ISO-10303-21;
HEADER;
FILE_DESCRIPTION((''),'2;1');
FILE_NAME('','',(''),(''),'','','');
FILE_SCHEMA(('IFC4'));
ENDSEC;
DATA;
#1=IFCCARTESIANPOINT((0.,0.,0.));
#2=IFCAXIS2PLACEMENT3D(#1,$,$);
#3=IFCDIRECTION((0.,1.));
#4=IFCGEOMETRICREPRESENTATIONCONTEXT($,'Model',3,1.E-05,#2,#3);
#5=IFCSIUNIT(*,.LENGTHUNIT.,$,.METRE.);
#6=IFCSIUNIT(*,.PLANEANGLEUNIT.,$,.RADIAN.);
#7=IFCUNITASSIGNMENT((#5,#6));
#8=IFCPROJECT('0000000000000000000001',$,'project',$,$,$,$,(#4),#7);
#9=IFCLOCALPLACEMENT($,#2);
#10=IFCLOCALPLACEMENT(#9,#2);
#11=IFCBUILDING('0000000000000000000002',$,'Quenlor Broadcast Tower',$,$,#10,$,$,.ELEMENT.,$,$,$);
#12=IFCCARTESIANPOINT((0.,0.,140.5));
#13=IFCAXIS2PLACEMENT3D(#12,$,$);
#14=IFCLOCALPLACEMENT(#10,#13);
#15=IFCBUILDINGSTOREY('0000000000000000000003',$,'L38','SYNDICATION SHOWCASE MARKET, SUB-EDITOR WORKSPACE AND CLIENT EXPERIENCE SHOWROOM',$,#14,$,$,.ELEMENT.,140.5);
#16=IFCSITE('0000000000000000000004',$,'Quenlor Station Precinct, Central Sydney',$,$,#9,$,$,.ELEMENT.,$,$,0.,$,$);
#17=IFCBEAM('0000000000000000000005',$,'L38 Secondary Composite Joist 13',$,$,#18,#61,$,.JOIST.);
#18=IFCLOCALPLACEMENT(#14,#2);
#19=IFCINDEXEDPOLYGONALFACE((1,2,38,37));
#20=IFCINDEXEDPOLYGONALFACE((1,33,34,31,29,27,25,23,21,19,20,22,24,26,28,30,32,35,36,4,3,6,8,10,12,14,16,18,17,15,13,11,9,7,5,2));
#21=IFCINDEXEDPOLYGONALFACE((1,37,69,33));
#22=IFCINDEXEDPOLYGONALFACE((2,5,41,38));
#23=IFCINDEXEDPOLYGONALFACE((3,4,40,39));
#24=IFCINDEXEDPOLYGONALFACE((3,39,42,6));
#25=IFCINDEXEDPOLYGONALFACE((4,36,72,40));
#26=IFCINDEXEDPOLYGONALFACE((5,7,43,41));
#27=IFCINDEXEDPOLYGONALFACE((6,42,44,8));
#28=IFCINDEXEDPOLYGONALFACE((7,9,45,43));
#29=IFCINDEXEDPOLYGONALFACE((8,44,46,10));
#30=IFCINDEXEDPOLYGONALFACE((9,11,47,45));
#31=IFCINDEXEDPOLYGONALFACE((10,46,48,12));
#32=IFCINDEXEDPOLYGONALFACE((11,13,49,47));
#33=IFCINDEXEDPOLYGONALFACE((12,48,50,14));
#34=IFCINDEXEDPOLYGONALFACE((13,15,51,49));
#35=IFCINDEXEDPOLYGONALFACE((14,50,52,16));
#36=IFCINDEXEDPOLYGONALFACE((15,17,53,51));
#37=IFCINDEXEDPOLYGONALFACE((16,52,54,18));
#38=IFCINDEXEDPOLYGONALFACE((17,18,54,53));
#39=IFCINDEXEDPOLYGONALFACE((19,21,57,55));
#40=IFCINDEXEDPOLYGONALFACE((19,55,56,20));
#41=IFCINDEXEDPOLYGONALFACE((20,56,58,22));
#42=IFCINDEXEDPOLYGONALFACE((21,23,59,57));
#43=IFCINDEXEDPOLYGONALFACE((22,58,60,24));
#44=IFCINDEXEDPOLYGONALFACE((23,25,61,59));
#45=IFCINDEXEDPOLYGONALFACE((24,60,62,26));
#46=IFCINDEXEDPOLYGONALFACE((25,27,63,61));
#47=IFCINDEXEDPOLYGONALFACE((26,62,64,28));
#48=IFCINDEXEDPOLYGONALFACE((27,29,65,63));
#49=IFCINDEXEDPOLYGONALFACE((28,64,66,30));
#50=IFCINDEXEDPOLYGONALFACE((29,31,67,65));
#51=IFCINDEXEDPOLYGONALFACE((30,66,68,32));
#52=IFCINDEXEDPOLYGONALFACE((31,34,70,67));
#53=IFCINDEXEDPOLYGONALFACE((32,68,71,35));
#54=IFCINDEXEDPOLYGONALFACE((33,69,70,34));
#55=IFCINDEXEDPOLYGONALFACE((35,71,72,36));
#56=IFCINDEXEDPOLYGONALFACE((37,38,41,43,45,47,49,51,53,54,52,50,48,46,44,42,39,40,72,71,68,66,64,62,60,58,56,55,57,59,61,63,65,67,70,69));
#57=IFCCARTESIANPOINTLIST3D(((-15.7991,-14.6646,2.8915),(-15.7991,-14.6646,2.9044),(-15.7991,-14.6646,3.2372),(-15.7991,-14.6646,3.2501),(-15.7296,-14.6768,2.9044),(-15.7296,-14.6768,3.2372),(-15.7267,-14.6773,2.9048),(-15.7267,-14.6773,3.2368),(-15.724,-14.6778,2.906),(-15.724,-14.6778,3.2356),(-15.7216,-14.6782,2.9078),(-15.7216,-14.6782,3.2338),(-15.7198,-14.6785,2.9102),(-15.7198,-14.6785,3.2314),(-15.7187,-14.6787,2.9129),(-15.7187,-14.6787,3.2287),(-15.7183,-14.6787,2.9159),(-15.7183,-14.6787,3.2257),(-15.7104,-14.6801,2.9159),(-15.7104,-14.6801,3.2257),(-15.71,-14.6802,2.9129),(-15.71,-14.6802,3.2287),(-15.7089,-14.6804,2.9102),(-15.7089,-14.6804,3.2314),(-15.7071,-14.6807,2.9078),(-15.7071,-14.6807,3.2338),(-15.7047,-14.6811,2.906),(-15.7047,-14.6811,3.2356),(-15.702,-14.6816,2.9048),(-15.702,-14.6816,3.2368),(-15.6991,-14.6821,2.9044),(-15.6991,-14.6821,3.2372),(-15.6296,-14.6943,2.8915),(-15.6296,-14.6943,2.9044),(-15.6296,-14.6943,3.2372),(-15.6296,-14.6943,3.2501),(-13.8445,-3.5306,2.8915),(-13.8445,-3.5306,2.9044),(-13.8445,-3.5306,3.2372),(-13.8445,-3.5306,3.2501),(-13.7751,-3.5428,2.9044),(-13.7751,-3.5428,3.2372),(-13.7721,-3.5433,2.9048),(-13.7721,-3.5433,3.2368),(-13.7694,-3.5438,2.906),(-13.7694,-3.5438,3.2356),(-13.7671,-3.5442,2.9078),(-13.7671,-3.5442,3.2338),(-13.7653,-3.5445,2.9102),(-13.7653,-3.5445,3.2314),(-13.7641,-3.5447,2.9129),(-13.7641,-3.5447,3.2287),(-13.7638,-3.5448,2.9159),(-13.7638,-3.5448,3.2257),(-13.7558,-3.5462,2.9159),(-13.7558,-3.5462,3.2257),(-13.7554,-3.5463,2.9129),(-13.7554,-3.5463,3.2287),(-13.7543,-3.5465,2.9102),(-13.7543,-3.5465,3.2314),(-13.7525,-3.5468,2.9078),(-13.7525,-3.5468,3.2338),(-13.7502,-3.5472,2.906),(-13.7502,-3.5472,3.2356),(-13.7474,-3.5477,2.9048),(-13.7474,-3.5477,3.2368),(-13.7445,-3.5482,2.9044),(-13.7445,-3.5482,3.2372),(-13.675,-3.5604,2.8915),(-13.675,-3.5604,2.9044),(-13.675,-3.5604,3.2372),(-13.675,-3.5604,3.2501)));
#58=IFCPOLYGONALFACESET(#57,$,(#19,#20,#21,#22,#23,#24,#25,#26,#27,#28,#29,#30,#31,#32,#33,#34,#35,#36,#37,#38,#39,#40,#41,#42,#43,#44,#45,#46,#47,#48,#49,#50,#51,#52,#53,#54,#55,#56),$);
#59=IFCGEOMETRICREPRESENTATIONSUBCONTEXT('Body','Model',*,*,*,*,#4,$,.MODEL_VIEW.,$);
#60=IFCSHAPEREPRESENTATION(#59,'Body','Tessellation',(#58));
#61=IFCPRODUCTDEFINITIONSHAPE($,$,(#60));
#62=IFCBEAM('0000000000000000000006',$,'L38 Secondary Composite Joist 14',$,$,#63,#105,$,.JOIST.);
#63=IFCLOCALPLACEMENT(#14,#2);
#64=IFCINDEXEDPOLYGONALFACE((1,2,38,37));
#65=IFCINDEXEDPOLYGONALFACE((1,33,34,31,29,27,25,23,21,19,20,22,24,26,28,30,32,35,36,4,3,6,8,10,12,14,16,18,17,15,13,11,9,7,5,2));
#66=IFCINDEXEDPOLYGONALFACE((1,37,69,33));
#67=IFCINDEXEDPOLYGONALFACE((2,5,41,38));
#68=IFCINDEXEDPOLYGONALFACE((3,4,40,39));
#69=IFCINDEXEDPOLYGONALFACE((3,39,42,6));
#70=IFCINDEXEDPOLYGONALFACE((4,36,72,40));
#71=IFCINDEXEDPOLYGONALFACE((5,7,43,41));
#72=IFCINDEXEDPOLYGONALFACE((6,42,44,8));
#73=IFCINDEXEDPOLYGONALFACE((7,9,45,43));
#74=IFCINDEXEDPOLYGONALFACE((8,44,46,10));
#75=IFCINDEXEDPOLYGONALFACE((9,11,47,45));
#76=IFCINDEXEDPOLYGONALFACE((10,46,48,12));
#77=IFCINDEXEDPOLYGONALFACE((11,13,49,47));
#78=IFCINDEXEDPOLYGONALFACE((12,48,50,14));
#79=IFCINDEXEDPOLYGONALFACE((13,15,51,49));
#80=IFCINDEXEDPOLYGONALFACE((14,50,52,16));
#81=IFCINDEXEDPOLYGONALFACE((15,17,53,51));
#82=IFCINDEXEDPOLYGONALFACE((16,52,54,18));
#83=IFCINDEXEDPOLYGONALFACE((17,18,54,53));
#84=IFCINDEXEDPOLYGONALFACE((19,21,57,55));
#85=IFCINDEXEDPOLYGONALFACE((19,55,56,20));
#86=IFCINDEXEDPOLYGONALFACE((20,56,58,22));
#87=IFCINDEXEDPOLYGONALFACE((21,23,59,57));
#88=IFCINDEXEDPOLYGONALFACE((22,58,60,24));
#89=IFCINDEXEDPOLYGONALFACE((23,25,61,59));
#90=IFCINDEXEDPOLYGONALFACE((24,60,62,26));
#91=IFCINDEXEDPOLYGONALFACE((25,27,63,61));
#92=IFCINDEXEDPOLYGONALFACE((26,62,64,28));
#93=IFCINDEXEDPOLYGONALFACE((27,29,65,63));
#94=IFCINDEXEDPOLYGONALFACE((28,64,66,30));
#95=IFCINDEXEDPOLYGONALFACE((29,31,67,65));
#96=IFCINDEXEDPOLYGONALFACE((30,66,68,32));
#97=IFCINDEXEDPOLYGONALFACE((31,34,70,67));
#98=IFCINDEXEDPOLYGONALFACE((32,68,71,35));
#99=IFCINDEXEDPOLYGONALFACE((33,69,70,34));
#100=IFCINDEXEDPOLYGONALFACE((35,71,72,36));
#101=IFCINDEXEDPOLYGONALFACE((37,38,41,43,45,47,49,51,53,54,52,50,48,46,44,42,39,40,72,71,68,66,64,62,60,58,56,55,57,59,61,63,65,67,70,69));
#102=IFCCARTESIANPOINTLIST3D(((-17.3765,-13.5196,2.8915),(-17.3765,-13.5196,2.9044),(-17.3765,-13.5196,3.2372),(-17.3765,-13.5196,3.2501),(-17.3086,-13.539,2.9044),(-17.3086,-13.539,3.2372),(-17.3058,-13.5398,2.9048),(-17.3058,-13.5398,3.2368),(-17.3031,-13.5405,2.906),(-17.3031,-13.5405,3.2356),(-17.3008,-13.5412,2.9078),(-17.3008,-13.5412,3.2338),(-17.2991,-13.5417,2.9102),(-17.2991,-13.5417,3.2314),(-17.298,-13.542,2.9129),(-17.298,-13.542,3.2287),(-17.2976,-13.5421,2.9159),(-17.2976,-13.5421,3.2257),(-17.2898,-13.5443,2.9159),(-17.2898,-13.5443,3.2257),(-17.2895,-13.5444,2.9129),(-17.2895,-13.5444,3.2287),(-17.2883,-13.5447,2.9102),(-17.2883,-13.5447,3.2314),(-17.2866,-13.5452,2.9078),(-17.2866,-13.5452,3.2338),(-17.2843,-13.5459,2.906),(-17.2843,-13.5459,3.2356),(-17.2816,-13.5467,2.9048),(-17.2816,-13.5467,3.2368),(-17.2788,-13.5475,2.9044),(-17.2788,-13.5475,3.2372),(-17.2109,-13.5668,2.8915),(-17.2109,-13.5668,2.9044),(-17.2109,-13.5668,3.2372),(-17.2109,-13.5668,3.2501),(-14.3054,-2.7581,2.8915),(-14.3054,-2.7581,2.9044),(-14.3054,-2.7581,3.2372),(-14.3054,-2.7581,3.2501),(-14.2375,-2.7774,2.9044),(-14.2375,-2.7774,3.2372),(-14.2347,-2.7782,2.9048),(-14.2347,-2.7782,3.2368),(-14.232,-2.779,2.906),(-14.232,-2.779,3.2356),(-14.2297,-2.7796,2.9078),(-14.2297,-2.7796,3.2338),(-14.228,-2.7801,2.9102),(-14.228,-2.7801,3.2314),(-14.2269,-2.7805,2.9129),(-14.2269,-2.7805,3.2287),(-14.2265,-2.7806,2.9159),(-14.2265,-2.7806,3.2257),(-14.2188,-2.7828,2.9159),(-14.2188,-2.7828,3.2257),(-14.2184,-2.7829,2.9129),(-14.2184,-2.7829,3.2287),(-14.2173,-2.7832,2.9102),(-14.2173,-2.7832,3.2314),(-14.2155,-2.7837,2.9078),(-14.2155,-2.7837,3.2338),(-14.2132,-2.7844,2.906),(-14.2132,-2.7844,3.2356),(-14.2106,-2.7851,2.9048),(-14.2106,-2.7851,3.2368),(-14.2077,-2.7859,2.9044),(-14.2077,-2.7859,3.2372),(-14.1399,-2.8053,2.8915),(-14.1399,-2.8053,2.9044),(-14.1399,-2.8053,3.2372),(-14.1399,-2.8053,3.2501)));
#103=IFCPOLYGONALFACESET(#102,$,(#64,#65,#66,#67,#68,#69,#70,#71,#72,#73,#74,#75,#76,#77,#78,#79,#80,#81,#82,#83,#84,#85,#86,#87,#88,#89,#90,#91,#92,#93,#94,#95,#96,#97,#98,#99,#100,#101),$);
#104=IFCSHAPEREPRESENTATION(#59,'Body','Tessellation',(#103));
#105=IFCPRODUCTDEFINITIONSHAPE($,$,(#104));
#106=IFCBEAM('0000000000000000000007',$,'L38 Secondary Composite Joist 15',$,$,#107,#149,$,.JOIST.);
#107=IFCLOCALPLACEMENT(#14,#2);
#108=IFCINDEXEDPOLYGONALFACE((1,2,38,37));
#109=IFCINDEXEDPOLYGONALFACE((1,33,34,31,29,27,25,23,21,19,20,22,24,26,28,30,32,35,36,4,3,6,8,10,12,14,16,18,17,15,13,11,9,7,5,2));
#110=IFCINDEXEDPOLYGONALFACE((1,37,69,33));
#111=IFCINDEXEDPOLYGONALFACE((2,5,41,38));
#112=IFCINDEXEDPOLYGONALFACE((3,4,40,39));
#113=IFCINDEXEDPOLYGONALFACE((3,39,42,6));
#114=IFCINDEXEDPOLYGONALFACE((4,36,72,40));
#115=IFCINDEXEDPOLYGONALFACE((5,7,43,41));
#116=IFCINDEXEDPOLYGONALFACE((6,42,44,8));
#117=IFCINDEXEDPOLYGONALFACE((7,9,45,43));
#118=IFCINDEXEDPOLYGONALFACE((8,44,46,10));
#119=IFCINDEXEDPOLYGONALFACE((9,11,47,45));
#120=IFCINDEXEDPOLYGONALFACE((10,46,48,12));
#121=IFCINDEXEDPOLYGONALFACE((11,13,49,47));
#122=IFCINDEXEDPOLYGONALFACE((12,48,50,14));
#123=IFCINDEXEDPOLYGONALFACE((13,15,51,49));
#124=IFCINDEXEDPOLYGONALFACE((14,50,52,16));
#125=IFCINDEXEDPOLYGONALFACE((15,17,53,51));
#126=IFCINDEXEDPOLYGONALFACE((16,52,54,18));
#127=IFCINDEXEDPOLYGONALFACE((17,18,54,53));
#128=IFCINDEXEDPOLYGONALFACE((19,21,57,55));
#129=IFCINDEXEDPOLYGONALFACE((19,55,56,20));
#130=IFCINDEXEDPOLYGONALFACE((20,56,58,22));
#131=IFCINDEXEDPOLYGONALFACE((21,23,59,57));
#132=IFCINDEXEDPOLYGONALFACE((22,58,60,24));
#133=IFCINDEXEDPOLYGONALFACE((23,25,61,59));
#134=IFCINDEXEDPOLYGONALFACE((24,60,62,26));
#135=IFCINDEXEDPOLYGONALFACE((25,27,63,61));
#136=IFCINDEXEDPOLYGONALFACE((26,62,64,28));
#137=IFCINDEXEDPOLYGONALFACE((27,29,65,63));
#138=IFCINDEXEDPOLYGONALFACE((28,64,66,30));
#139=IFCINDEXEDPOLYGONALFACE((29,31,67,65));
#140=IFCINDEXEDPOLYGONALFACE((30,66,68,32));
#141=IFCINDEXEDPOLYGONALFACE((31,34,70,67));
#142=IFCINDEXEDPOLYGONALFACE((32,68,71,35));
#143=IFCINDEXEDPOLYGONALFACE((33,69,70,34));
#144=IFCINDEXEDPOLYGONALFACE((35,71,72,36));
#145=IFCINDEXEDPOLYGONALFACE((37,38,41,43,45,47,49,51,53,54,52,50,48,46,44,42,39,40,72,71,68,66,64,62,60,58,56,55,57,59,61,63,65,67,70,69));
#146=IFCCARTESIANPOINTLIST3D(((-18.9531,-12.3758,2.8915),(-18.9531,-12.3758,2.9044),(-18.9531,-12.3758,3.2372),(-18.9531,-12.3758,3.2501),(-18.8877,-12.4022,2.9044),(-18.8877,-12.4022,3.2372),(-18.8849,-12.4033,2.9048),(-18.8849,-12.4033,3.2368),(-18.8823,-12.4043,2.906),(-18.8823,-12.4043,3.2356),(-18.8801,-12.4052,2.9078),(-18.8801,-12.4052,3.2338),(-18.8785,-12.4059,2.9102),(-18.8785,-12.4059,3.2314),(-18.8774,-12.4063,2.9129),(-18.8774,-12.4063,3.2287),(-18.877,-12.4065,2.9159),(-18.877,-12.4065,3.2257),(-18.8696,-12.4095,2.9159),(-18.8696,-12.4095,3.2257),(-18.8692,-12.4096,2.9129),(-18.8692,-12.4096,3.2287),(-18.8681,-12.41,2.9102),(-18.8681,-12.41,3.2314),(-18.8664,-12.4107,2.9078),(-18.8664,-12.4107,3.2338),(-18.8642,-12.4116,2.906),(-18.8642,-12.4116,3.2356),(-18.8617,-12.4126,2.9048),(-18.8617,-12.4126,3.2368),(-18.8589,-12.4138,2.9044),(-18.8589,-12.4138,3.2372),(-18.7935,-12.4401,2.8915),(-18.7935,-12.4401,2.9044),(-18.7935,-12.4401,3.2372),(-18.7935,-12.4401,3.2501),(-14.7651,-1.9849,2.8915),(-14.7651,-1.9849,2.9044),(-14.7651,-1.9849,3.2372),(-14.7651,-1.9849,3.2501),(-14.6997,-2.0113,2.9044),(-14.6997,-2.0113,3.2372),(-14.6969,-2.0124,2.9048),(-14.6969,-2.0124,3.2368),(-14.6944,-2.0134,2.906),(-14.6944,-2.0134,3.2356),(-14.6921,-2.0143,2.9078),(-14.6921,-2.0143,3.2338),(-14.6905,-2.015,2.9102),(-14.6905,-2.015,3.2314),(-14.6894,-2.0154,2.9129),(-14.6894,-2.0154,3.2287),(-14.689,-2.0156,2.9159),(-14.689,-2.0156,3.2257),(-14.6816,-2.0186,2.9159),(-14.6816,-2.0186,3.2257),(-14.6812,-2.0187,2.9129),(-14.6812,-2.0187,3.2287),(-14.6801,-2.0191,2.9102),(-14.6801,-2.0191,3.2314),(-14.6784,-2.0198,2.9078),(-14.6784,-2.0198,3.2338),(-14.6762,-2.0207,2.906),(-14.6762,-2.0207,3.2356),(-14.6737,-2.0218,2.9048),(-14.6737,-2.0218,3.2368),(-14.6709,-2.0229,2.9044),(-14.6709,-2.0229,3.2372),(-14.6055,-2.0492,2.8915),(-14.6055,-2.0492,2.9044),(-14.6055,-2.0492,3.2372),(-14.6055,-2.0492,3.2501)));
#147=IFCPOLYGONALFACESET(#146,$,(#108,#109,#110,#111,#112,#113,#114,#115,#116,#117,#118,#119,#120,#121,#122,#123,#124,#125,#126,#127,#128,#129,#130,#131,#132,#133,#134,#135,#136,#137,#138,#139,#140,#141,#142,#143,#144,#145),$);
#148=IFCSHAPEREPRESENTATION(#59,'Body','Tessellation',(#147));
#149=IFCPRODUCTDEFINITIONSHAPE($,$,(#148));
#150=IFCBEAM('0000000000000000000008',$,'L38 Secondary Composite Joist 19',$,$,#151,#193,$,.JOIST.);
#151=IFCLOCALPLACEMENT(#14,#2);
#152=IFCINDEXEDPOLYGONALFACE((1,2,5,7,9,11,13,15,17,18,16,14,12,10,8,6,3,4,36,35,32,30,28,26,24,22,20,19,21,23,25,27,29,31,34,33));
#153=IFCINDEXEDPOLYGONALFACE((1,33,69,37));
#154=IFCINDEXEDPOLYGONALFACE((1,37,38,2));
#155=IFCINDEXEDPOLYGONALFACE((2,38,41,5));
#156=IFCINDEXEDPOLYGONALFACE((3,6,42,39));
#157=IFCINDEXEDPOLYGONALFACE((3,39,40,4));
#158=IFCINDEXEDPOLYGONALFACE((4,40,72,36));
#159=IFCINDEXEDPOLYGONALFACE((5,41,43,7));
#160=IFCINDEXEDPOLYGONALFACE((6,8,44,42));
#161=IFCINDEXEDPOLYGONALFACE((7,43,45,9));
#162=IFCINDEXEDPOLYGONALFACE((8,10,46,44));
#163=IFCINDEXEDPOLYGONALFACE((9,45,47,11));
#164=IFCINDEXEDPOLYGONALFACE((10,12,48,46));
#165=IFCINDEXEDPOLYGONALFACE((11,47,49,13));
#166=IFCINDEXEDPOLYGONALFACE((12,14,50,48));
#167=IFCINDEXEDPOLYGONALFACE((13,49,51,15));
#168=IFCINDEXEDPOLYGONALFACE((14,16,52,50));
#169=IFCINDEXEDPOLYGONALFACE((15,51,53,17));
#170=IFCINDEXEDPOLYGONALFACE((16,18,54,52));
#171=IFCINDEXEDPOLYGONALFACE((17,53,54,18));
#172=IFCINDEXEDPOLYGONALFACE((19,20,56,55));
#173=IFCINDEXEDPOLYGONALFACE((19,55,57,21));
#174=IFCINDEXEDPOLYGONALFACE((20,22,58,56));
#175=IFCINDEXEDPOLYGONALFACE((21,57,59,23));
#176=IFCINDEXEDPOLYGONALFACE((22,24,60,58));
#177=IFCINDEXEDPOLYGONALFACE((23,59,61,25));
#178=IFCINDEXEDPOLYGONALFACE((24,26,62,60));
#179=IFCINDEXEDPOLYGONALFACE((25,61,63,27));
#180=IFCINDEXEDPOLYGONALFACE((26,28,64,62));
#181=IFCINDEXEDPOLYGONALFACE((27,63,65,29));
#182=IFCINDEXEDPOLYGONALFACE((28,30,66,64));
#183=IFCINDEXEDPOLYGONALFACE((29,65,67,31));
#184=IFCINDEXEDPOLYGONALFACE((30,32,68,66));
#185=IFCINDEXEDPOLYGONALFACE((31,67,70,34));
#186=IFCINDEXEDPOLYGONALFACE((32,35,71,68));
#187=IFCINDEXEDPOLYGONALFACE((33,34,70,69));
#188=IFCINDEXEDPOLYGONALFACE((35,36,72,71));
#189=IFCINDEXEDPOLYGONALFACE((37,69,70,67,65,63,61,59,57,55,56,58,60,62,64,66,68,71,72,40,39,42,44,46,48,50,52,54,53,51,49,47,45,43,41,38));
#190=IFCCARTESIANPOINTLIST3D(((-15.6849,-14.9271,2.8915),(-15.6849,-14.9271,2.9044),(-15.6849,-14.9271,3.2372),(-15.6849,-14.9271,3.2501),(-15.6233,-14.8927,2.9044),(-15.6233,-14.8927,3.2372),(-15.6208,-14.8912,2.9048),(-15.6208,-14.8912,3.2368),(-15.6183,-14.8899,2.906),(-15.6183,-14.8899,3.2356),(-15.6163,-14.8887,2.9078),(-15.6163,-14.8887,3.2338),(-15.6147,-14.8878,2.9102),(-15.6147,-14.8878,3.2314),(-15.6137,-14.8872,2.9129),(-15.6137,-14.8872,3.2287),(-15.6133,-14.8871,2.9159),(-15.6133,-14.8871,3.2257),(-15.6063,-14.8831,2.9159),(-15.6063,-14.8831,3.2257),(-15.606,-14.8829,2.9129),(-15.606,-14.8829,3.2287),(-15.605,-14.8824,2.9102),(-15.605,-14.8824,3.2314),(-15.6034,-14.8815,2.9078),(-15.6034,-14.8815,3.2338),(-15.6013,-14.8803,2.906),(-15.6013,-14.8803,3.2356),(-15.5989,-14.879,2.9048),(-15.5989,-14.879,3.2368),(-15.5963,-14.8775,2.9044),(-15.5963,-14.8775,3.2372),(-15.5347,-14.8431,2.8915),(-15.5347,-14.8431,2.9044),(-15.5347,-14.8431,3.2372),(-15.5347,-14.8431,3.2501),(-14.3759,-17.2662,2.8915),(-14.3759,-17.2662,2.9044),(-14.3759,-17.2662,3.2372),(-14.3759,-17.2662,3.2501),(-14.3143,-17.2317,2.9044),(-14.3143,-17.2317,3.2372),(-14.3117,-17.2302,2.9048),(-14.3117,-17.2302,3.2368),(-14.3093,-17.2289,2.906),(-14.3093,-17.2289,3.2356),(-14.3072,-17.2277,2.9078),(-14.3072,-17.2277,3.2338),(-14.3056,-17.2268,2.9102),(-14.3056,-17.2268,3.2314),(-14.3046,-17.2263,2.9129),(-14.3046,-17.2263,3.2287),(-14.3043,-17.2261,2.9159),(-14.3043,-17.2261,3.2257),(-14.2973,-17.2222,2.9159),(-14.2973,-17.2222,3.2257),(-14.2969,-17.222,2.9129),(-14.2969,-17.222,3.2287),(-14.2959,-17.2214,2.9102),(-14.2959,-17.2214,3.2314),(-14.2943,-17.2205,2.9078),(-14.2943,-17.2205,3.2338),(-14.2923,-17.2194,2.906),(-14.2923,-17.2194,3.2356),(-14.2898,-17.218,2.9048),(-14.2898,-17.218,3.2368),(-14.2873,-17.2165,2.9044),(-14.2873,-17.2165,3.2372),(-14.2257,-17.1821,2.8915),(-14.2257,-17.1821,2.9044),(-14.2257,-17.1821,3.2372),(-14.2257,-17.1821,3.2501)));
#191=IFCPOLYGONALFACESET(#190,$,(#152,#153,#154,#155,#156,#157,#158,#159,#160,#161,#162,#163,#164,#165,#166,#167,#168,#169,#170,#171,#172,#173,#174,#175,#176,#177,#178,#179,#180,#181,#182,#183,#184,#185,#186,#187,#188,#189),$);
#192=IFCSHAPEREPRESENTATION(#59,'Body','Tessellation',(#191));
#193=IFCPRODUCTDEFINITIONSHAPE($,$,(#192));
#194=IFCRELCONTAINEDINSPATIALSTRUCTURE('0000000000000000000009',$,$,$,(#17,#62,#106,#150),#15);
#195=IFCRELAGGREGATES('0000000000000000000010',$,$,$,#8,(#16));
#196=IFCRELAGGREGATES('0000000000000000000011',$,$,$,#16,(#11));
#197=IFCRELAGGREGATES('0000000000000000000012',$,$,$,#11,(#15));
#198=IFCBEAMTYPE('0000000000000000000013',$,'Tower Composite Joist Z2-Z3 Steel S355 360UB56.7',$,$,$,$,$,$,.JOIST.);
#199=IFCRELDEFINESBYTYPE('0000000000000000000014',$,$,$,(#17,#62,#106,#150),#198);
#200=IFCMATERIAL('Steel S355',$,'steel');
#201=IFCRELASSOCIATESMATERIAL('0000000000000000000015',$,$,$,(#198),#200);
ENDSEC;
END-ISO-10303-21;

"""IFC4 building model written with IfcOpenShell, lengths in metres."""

from ifc_helpers import new_model, si_unit, direction, frame, origin, origin_2d, place, context, subcontext, project, spatial, i_section, extrude, material, material_profile, profile_set, type_object, element, save


model = new_model("IFC4")

# Units and contexts
model_context = context("Model", 3, precision=1e-05, world=origin(), true_north=direction((0.0, 1.0)))
body_context = subcontext(model_context, "Body", "Model", "MODEL_VIEW")
ifc_project = project(units=[si_unit("LENGTHUNIT", "METRE"), si_unit("PLANEANGLEUNIT", "RADIAN")], contexts=[model_context])

# Site, building, storey
site_placement = place(None, origin())
site = spatial("IfcSite", under=ifc_project, at=site_placement, Name="Quenlor Station Precinct, Central Sydney", CompositionType="ELEMENT", RefElevation=0.0)
building_placement = place(site_placement, origin())
building = spatial("IfcBuilding", under=site, at=building_placement, Name="Quenlor Broadcast Tower", CompositionType="ELEMENT")
storey_placement = place(building_placement, frame((0.0, 0.0, 140.5)))
storey = spatial("IfcBuildingStorey", under=building, at=storey_placement, Name="L38", Description="SYNDICATION SHOWCASE MARKET, SUB-EDITOR WORKSPACE AND CLIENT EXPERIENCE SHOWROOM", CompositionType="ELEMENT", Elevation=140.5)

# Beams
ifc_material_1 = material(Name="Steel S355", Category="steel")
ifc_material_profile_1 = material_profile(ifc_material_1, i_section(OverallWidth=0.1721, OverallDepth=0.3586, WebThickness=0.0081, FlangeThickness=0.0129, FilletRadius=0.0115, at=origin_2d()))
ifc_profile_set_1 = profile_set([ifc_material_profile_1], Name="Steel S355 360UB56.7")
beam_type_1 = type_object("IfcBeamType", Name="Tower Composite Joist Z2-Z3 Steel S355 360UB56.7", PredefinedType="JOIST", material=ifc_profile_set_1)
beam_1_placement = place(storey_placement, frame((-15.7144, -14.6794, 3.0708), z_axis=(0.172907, 0.984938, 0.0), x_axis=(-0.984938, 0.172907, 0.0)))
element("IfcBeam", 1, at=beam_1_placement, inside=storey, type_object=beam_type_1, Name="L38 Secondary Composite Joist 13", PredefinedType="JOIST", context=body_context, shape_type="SweptSolid", body=[
    extrude(i_section(OverallWidth=0.1721, OverallDepth=0.3586, WebThickness=0.0081, FlangeThickness=0.0129, FilletRadius=0.0115, at=origin_2d()), origin(), (0.0, 0.0, 1.0), 11.3042),
])
beam_2_placement = place(storey_placement, frame((-17.2937, -13.5432, 3.0708), z_axis=(0.274419, 0.96161, 0.0), x_axis=(-0.96161, 0.274419, 0.0)))
element("IfcBeam", 2, at=beam_2_placement, inside=storey, type_object=beam_type_1, Name="L38 Secondary Composite Joist 14", PredefinedType="JOIST", context=body_context, shape_type="SweptSolid", body=[
    extrude(i_section(OverallWidth=0.1721, OverallDepth=0.3586, WebThickness=0.0081, FlangeThickness=0.0129, FilletRadius=0.0115, at=origin_2d()), origin(), (0.0, 0.0, 1.0), 11.1912),
])
beam_3_placement = place(storey_placement, frame((-18.8733, -12.408, 3.0708), z_axis=(0.373824, 0.9275, 0.0), x_axis=(-0.9275, 0.373824, 0.0)))
element("IfcBeam", 3, at=beam_3_placement, inside=storey, type_object=beam_type_1, Name="L38 Secondary Composite Joist 15", PredefinedType="JOIST", context=body_context, shape_type="SweptSolid", body=[
    extrude(i_section(OverallWidth=0.1721, OverallDepth=0.3586, WebThickness=0.0081, FlangeThickness=0.0129, FilletRadius=0.0115, at=origin_2d()), origin(), (0.0, 0.0, 1.0), 11.2031),
])
beam_4_placement = place(storey_placement, frame((-14.3008, -17.2241, 3.0708), z_axis=(-0.48837, 0.872636, 0.0), x_axis=(-0.872636, -0.48837, 0.0)))
element("IfcBeam", 4, at=beam_4_placement, inside=storey, type_object=beam_type_1, Name="L38 Secondary Composite Joist 19", PredefinedType="JOIST", context=body_context, shape_type="SweptSolid", body=[
    extrude(i_section(OverallWidth=0.1721, OverallDepth=0.3586, WebThickness=0.0081, FlangeThickness=0.0129, FilletRadius=0.0115, at=origin_2d()), origin(), (0.0, 0.0, 1.0), 2.6804),
])

save(model, "model.ifc")
